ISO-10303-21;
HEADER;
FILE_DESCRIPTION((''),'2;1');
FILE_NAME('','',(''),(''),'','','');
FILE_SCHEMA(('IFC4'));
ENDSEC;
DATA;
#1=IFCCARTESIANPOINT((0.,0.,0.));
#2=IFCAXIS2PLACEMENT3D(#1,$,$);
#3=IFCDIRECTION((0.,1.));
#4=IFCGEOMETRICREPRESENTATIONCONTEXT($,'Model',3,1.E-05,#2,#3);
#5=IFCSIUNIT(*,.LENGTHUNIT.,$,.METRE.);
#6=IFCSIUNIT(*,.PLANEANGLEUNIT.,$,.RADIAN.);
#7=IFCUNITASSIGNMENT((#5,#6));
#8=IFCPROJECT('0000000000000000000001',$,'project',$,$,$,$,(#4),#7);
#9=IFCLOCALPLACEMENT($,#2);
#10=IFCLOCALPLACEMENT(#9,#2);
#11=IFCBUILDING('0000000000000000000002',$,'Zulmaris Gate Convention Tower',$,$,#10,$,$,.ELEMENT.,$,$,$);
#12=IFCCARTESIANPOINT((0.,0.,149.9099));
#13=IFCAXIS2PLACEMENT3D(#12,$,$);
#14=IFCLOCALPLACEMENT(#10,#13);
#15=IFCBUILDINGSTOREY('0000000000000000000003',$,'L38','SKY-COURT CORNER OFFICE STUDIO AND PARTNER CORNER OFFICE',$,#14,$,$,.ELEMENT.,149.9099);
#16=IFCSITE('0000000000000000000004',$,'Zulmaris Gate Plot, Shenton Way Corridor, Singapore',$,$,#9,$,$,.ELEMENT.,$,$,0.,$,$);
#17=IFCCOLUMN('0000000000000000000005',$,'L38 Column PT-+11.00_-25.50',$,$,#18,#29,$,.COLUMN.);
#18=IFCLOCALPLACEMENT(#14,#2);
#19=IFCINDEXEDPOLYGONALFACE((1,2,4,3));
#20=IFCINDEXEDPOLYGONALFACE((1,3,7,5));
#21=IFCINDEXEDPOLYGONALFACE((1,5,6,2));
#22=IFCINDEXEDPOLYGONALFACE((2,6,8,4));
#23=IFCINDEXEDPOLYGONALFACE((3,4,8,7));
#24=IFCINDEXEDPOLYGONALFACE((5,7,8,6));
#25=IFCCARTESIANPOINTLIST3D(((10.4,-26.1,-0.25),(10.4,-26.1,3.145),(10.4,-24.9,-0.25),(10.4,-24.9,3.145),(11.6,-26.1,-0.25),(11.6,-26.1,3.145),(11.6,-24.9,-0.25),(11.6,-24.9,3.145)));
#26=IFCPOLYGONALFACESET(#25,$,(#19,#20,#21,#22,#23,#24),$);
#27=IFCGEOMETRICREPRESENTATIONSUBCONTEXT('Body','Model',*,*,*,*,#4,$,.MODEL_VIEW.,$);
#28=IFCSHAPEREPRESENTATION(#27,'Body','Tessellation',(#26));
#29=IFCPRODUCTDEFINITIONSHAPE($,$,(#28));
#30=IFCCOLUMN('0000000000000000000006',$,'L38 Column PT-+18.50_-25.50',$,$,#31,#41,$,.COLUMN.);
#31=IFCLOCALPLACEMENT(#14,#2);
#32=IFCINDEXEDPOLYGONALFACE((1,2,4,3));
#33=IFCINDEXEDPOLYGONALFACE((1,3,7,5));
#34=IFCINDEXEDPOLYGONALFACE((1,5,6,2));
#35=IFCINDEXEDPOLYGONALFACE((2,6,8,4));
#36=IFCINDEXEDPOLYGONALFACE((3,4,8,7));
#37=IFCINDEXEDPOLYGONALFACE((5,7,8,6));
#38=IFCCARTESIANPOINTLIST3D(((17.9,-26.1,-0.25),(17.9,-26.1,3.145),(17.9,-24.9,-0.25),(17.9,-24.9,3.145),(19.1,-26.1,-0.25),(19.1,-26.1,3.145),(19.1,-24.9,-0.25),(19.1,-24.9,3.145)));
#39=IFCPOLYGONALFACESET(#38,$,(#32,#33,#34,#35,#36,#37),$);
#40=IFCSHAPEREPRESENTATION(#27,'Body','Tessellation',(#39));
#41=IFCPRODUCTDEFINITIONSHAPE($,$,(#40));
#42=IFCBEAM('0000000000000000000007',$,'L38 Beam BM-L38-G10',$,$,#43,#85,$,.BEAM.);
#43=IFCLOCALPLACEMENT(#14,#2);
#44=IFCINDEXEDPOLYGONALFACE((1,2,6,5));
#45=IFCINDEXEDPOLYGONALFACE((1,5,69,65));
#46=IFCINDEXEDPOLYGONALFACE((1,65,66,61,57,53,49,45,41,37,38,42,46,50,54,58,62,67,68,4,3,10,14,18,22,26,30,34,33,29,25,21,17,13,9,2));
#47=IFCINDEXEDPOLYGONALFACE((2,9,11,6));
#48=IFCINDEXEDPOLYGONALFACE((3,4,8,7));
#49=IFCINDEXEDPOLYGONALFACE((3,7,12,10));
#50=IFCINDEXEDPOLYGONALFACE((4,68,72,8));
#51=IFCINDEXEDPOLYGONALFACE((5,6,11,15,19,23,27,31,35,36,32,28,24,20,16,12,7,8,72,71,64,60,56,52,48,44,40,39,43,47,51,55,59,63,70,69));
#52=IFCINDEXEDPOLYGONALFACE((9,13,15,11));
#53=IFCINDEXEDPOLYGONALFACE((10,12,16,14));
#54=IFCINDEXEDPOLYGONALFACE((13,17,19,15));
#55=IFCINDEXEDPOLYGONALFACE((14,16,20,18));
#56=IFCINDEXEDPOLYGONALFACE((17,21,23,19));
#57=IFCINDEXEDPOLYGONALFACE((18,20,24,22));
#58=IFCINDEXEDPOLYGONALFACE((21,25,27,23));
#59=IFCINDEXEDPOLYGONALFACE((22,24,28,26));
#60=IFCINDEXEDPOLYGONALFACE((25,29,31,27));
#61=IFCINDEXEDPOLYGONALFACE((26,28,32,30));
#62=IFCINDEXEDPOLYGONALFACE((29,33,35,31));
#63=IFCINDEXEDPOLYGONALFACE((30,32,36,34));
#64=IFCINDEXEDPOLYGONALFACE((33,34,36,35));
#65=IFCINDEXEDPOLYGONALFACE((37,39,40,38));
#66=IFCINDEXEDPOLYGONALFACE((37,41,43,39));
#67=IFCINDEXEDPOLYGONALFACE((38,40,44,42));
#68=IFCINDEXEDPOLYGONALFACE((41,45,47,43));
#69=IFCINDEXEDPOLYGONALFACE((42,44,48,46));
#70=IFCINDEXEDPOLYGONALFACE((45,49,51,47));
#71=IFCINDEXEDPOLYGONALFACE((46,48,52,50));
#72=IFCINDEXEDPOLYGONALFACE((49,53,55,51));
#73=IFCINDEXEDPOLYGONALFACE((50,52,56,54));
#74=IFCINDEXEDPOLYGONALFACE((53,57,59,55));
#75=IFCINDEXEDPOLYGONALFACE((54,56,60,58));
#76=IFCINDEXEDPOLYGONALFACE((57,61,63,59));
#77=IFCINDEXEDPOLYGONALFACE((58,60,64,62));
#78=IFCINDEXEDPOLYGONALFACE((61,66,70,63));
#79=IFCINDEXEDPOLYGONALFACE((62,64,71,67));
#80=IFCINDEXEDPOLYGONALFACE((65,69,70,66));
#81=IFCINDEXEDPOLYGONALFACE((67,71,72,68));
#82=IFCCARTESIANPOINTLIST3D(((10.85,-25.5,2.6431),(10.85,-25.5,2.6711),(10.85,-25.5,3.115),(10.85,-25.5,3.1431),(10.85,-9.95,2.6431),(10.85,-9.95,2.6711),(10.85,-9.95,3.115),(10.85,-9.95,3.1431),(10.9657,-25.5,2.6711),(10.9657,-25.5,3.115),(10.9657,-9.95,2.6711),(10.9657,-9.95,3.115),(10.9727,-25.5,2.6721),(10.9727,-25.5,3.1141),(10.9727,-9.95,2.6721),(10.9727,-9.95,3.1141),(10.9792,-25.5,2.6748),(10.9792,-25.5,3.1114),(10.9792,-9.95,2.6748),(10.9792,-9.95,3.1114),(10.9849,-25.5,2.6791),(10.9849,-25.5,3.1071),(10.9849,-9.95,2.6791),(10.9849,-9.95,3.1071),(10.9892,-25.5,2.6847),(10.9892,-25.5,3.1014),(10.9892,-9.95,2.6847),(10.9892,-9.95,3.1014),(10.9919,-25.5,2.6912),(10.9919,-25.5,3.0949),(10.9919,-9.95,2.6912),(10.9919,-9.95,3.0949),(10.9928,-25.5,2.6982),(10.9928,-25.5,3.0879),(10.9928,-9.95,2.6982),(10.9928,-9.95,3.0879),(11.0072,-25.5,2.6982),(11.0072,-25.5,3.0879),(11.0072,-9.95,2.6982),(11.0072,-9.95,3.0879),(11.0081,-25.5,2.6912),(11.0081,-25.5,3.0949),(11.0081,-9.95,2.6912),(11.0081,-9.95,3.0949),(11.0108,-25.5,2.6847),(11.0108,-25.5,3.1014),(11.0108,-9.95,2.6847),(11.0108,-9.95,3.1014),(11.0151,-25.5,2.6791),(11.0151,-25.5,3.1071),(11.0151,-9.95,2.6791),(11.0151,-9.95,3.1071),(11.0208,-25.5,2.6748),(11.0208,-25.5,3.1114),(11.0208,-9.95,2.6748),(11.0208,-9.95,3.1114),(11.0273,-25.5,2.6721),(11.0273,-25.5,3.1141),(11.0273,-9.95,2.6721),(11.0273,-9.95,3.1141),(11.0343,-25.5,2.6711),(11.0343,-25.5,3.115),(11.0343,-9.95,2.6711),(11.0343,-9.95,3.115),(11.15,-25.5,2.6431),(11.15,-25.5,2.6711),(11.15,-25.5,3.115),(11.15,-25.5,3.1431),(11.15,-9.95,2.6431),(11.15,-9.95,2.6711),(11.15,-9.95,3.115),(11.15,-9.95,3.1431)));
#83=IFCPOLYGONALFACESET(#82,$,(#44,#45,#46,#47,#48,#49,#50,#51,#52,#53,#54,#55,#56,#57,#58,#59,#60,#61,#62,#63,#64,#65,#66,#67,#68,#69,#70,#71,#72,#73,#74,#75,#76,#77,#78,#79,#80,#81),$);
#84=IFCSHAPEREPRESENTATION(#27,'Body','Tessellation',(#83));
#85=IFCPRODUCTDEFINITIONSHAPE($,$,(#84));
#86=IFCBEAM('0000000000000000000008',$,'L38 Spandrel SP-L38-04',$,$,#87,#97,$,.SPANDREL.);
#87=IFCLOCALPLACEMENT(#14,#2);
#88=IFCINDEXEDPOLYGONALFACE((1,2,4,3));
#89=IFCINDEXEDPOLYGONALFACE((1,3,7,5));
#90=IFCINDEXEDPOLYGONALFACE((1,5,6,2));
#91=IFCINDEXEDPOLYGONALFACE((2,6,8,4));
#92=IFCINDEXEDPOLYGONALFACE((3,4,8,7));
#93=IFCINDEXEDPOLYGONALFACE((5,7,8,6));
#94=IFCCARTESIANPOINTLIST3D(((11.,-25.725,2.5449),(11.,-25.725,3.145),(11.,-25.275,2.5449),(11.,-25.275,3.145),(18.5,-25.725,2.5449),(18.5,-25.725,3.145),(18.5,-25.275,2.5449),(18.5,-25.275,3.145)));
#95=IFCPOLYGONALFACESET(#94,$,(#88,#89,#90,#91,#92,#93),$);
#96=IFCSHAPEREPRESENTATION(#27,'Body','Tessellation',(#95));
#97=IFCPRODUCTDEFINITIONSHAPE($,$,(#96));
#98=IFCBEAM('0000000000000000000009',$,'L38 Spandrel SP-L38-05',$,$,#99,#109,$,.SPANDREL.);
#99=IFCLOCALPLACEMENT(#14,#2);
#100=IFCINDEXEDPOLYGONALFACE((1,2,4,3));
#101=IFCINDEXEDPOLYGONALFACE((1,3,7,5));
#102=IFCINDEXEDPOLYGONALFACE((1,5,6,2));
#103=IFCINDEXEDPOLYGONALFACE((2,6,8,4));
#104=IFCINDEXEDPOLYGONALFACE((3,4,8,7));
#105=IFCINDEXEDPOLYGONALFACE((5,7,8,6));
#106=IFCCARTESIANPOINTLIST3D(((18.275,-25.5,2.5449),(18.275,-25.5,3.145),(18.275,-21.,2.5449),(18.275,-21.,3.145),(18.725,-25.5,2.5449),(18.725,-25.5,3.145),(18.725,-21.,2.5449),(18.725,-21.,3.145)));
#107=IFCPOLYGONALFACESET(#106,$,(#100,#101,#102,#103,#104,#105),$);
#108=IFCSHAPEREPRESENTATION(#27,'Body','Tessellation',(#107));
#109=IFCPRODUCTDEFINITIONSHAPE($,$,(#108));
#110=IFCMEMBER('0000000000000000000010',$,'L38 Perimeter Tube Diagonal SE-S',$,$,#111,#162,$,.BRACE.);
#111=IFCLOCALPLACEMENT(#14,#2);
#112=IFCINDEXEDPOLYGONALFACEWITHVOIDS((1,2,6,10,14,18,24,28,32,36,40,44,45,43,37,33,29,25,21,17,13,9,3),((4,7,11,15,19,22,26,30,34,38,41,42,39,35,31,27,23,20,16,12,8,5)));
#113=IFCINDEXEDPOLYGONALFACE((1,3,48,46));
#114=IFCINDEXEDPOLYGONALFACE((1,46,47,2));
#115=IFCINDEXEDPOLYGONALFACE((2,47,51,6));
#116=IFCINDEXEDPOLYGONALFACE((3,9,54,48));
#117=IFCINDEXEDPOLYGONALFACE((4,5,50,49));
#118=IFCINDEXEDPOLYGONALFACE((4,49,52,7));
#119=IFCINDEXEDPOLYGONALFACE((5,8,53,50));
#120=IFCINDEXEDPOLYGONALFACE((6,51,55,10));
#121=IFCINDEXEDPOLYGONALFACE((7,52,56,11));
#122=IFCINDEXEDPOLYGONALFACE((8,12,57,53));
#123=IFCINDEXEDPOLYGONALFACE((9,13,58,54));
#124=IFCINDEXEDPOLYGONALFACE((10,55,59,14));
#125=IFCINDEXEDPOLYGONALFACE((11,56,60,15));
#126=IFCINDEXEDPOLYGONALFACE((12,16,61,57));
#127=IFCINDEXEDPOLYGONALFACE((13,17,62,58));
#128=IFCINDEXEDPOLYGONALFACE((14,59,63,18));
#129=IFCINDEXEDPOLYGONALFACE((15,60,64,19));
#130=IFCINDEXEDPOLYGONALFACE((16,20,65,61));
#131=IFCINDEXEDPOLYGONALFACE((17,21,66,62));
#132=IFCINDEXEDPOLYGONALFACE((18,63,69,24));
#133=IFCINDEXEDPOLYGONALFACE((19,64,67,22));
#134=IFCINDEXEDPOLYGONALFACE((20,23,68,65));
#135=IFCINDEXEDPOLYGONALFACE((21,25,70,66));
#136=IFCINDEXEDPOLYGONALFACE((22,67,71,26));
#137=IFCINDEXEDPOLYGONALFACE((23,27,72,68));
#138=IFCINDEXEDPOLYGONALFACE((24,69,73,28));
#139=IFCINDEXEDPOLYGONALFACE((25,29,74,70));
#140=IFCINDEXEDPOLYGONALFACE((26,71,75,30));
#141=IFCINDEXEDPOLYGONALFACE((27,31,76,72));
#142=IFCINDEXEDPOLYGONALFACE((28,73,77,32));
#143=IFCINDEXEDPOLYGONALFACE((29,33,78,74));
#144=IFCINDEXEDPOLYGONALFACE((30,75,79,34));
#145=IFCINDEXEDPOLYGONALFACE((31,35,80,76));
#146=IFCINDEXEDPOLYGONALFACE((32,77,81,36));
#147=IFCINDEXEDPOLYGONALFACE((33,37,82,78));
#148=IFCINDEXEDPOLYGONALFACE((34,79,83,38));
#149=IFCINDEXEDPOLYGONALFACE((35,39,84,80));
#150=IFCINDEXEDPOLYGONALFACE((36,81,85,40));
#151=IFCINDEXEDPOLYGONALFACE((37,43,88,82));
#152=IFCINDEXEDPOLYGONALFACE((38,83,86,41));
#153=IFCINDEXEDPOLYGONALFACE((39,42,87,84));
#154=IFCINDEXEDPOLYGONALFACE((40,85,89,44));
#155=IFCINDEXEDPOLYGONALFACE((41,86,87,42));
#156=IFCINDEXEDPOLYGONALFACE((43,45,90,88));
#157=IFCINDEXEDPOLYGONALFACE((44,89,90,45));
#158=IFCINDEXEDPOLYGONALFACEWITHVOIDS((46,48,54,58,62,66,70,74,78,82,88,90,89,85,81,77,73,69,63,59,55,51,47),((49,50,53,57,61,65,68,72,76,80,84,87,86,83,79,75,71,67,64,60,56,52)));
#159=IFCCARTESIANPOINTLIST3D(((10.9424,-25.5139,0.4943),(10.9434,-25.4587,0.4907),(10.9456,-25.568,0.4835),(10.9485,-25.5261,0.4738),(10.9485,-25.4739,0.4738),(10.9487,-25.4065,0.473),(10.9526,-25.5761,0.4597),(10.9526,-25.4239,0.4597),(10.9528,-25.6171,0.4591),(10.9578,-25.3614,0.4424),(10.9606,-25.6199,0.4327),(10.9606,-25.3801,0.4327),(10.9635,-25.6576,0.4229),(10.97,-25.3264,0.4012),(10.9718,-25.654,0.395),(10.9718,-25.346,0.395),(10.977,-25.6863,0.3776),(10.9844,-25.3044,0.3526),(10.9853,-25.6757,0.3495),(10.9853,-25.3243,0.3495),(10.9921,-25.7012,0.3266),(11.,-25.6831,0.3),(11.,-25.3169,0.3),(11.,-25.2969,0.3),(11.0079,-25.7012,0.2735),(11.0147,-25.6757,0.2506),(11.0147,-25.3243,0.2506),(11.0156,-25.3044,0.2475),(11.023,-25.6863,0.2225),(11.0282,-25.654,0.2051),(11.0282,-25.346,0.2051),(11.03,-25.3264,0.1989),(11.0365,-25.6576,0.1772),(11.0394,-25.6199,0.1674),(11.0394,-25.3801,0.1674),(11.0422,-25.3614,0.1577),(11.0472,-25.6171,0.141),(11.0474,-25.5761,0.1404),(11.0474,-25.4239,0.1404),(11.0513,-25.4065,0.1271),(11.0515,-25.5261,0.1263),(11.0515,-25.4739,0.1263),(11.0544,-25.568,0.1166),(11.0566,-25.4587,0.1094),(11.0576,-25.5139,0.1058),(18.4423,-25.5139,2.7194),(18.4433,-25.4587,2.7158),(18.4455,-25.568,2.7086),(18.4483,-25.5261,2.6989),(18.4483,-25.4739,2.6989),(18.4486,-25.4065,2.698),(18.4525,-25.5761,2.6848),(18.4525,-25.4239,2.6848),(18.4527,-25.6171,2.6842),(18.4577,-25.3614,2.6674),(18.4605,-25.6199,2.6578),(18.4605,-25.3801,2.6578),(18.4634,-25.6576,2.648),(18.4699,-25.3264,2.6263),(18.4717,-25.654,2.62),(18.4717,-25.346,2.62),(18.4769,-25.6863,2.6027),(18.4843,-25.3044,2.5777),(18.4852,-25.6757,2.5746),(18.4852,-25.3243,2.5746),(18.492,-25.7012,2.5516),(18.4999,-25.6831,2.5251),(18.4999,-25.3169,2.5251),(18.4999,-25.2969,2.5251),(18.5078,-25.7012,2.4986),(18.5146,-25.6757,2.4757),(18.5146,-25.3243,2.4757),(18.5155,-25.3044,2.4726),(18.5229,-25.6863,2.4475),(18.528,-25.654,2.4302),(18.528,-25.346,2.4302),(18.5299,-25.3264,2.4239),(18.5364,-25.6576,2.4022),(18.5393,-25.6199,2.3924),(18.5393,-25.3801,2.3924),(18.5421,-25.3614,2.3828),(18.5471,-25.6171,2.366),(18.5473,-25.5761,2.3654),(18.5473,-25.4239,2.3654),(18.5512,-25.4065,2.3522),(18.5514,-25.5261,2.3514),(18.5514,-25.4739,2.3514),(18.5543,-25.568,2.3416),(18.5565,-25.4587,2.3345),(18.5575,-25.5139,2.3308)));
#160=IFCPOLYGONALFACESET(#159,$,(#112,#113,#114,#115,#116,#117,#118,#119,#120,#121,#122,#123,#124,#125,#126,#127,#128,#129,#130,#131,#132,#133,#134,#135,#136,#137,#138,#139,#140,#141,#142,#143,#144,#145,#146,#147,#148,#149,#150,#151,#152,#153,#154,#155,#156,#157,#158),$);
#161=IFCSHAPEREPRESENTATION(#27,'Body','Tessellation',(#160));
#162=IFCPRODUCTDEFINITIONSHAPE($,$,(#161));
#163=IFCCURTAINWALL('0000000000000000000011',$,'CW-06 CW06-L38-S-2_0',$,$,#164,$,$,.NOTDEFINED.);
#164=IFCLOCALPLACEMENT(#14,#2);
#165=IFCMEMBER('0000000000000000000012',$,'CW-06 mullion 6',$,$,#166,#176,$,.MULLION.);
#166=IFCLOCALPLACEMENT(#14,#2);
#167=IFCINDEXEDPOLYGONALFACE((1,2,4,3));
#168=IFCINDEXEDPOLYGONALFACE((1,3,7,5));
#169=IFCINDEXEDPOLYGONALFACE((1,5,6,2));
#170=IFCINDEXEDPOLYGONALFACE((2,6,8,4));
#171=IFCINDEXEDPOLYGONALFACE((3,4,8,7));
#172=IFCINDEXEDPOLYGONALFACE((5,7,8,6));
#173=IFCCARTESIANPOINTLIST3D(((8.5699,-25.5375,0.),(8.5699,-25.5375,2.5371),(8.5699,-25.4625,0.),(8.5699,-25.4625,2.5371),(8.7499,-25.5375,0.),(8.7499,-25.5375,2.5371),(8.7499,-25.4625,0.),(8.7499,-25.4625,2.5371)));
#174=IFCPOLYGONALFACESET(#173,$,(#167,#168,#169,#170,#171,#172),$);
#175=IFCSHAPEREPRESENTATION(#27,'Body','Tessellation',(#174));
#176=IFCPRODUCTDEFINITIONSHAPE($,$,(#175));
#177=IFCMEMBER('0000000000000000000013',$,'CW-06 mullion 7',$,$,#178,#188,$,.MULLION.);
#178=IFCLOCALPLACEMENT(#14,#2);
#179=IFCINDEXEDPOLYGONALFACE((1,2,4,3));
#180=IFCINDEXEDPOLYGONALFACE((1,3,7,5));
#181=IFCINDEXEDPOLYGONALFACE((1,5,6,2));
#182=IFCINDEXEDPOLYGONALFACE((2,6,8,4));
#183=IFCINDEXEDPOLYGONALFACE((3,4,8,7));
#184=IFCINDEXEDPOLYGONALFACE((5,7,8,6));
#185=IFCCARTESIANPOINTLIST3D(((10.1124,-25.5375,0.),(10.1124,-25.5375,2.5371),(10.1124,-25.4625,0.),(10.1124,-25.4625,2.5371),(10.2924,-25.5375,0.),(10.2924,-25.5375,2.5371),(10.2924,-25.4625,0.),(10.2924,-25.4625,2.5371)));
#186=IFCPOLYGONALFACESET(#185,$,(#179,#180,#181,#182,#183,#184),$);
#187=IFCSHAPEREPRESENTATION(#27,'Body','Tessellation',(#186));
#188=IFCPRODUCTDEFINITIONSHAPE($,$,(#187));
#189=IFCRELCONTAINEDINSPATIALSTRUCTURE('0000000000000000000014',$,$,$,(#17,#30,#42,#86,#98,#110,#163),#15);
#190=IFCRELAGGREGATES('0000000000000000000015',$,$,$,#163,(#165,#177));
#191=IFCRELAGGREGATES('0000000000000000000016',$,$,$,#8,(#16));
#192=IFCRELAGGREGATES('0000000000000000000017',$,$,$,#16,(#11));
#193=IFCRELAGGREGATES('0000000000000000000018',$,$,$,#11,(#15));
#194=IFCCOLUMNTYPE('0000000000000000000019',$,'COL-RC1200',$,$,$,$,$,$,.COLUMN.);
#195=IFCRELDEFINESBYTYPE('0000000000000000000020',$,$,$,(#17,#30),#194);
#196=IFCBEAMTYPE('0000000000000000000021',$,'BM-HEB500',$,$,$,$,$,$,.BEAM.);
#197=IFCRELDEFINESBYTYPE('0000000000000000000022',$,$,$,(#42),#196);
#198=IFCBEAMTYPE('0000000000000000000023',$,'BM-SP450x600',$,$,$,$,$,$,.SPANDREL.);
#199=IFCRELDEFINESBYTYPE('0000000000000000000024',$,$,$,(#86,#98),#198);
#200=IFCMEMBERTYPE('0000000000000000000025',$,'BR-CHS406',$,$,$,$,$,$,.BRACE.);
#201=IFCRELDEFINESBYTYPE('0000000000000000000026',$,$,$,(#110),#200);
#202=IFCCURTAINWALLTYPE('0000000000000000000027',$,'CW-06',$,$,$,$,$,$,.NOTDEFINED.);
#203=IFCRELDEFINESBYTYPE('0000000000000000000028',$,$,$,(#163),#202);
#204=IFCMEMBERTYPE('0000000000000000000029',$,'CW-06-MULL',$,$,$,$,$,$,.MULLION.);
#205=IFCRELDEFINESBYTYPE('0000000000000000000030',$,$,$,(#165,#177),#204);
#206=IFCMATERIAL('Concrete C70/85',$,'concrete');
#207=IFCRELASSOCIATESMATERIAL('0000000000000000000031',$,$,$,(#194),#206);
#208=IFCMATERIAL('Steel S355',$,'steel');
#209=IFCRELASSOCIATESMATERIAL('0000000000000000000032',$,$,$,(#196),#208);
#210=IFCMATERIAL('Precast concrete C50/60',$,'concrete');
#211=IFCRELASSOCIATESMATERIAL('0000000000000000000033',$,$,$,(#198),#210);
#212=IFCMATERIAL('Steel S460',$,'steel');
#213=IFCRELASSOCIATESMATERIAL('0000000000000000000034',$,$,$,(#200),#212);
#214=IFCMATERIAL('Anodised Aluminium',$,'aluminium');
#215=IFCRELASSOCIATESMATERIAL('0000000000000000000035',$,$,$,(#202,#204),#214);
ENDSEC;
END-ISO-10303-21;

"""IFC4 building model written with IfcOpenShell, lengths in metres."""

from ifc_helpers import new_model, si_unit, direction, frame, origin, origin_2d, place, context, subcontext, project, spatial, rectangle, hollow_circle, i_section, extrude, material, material_profile, profile_set, type_object, element, aggregate, save


model = new_model("IFC4")

# Units and contexts
model_context = context("Model", 3, precision=1e-05, world=origin(), true_north=direction((0.0, 1.0)))
body_context = subcontext(model_context, "Body", "Model", "MODEL_VIEW")
ifc_project = project(units=[si_unit("LENGTHUNIT", "METRE"), si_unit("PLANEANGLEUNIT", "RADIAN")], contexts=[model_context])

# Site, building, storey
site_placement = place(None, origin())
site = spatial("IfcSite", under=ifc_project, at=site_placement, Name="Zulmaris Gate Plot, Shenton Way Corridor, Singapore", CompositionType="ELEMENT", RefElevation=0.0)
building_placement = place(site_placement, origin())
building = spatial("IfcBuilding", under=site, at=building_placement, Name="Zulmaris Gate Convention Tower", CompositionType="ELEMENT")
storey_placement = place(building_placement, frame((0.0, 0.0, 149.9099)))
storey = spatial("IfcBuildingStorey", under=building, at=storey_placement, Name="L38", Description="SKY-COURT CORNER OFFICE STUDIO AND PARTNER CORNER OFFICE", CompositionType="ELEMENT", Elevation=149.9099)

# Columns
ifc_material_1 = material(Name="Concrete C70/85", Category="concrete")
ifc_material_profile_1 = material_profile(ifc_material_1, rectangle(XDim=1.2, YDim=1.2, at=origin_2d()), Name="RC COL 1200x1200")
ifc_profile_set_1 = profile_set([ifc_material_profile_1], Name="Concrete C70/85")
column_type = type_object("IfcColumnType", Name="COL-RC1200", PredefinedType="COLUMN", material=ifc_profile_set_1)
for number, where, z_axis, x_axis, name in (
    (1, (11.0, -25.5, -0.25), (0.0, 0.0, 1.0), (1.0, 0.0, 0.0), "L38 Column PT-+11.00_-25.50"),
    (2, (18.5, -25.5, -0.25), (0.0, 0.0, 1.0), (1.0, 0.0, 0.0), "L38 Column PT-+18.50_-25.50"),
):
    element("IfcColumn", number, at=place(storey_placement, frame(where, z_axis=z_axis, x_axis=x_axis)), inside=storey, type_object=column_type, Name=name, PredefinedType="COLUMN", context=body_context, shape_type="SweptSolid", body=[
        extrude(rectangle(XDim=1.2, YDim=1.2, at=origin_2d()), origin(), (0.0, 0.0, 1.0), 3.395),
    ])

# Beams
ifc_material_2 = material(Name="Steel S355", Category="steel")
ifc_material_profile_2 = material_profile(ifc_material_2, i_section(OverallWidth=0.3, OverallDepth=0.5, WebThickness=0.0144, FlangeThickness=0.0281, FilletRadius=0.0271, at=origin_2d()), Name="HEB 500")
ifc_profile_set_2 = profile_set([ifc_material_profile_2], Name="Steel S355")
beam_type_1 = type_object("IfcBeamType", Name="BM-HEB500", PredefinedType="BEAM", material=ifc_profile_set_2)
beam_1_placement = place(storey_placement, frame((11.0, -25.5, 2.8931), z_axis=(0.0, 1.0, 0.0), x_axis=(-1.0, 0.0, 0.0)))
element("IfcBeam", 3, at=beam_1_placement, inside=storey, type_object=beam_type_1, Name="L38 Beam BM-L38-G10", PredefinedType="BEAM", context=body_context, shape_type="SweptSolid", body=[
    extrude(i_section(OverallWidth=0.3, OverallDepth=0.5, WebThickness=0.0144, FlangeThickness=0.0281, FilletRadius=0.0271, at=origin_2d()), origin(), (0.0, 0.0, 1.0), 15.55),
])
ifc_material_3 = material(Name="Precast concrete C50/60", Category="concrete")
ifc_material_profile_3 = material_profile(ifc_material_3, rectangle(XDim=0.45, YDim=0.6001, at=origin_2d()), Name="RC SPANDREL 450x600")
ifc_profile_set_3 = profile_set([ifc_material_profile_3], Name="Precast concrete C50/60")
beam_type_2 = type_object("IfcBeamType", Name="BM-SP450x600", PredefinedType="SPANDREL", material=ifc_profile_set_3)
beam_2_placement = place(storey_placement, frame((11.0, -25.5, 2.845), z_axis=(1.0, 0.0, 0.0), x_axis=(0.0, 1.0, 0.0)))
element("IfcBeam", 4, at=beam_2_placement, inside=storey, type_object=beam_type_2, Name="L38 Spandrel SP-L38-04", PredefinedType="SPANDREL", context=body_context, shape_type="SweptSolid", body=[
    extrude(rectangle(XDim=0.45, YDim=0.6001, at=origin_2d()), origin(), (0.0, 0.0, 1.0), 7.5),
])
beam_3_placement = place(storey_placement, frame((18.5, -25.5, 2.845), z_axis=(0.0, 1.0, 0.0), x_axis=(-1.0, 0.0, 0.0)))
element("IfcBeam", 5, at=beam_3_placement, inside=storey, type_object=beam_type_2, Name="L38 Spandrel SP-L38-05", PredefinedType="SPANDREL", context=body_context, shape_type="SweptSolid", body=[
    extrude(rectangle(XDim=0.45, YDim=0.6001, at=origin_2d()), origin(), (0.0, 0.0, 1.0), 4.5),
])

# Member
ifc_material_4 = material(Name="Steel S460", Category="steel")
ifc_material_profile_4 = material_profile(ifc_material_4, hollow_circle(Radius=0.2031, WallThickness=0.02, at=origin_2d()), Name="CHS 406.4x20")
ifc_profile_set_4 = profile_set([ifc_material_profile_4], Name="Steel S460")
member_type_1 = type_object("IfcMemberType", Name="BR-CHS406", PredefinedType="BRACE", material=ifc_profile_set_4)
member_1_placement = place(storey_placement, frame((11.0, -25.5, 0.3), z_axis=(0.958698, 0.0, 0.284426), x_axis=(0.0, 1.0, 0.0)))
element("IfcMember", 6, at=member_1_placement, inside=storey, type_object=member_type_1, Name="L38 Perimeter Tube Diagonal SE-S", PredefinedType="BRACE", context=body_context, shape_type="SweptSolid", body=[
    extrude(hollow_circle(Radius=0.2031, WallThickness=0.02, at=origin_2d()), origin(), (0.0, 0.0, 1.0), 7.823),
])

# Curtain wall, members
ifc_material_5 = material(Name="Anodised Aluminium", Category="aluminium")
curtain_wall_type = type_object("IfcCurtainWallType", Name="CW-06", PredefinedType="NOTDEFINED", material=ifc_material_5)
curtain_wall_placement = place(storey_placement, origin())
curtain_wall = element("IfcCurtainWall", 7, at=curtain_wall_placement, inside=storey, type_object=curtain_wall_type, Name="CW-06 CW06-L38-S-2_0", PredefinedType="NOTDEFINED")
ifc_material_profile_5 = material_profile(ifc_material_5, rectangle(XDim=0.075, YDim=0.1799, at=origin_2d()), Name="ALU MULLION 75x180")
ifc_profile_set_5 = profile_set([ifc_material_profile_5], Name="Anodised Aluminium")
member_type_2 = type_object("IfcMemberType", Name="CW-06-MULL", PredefinedType="MULLION", material=ifc_profile_set_5)
member_2_placement = place(storey_placement, frame((8.6599, -25.5, 0.0), z_axis=(0.0, 0.0, 1.0), x_axis=(0.0, 1.0, 0.0)))
member_2 = element("IfcMember", 8, at=member_2_placement, type_object=member_type_2, Name="CW-06 mullion 6", PredefinedType="MULLION", context=body_context, shape_type="SweptSolid", body=[
    extrude(rectangle(XDim=0.075, YDim=0.1799, at=origin_2d()), origin(), (0.0, 0.0, 1.0), 2.5371),
])
member_3_placement = place(storey_placement, frame((10.2024, -25.5, 0.0), z_axis=(0.0, 0.0, 1.0), x_axis=(0.0, 1.0, 0.0)))
member_3 = element("IfcMember", 9, at=member_3_placement, type_object=member_type_2, Name="CW-06 mullion 7", PredefinedType="MULLION", context=body_context, shape_type="SweptSolid", body=[
    extrude(rectangle(XDim=0.075, YDim=0.1799, at=origin_2d()), origin(), (0.0, 0.0, 1.0), 2.5371),
])
aggregate(curtain_wall, [member_2, member_3])

save(model, "model.ifc")
